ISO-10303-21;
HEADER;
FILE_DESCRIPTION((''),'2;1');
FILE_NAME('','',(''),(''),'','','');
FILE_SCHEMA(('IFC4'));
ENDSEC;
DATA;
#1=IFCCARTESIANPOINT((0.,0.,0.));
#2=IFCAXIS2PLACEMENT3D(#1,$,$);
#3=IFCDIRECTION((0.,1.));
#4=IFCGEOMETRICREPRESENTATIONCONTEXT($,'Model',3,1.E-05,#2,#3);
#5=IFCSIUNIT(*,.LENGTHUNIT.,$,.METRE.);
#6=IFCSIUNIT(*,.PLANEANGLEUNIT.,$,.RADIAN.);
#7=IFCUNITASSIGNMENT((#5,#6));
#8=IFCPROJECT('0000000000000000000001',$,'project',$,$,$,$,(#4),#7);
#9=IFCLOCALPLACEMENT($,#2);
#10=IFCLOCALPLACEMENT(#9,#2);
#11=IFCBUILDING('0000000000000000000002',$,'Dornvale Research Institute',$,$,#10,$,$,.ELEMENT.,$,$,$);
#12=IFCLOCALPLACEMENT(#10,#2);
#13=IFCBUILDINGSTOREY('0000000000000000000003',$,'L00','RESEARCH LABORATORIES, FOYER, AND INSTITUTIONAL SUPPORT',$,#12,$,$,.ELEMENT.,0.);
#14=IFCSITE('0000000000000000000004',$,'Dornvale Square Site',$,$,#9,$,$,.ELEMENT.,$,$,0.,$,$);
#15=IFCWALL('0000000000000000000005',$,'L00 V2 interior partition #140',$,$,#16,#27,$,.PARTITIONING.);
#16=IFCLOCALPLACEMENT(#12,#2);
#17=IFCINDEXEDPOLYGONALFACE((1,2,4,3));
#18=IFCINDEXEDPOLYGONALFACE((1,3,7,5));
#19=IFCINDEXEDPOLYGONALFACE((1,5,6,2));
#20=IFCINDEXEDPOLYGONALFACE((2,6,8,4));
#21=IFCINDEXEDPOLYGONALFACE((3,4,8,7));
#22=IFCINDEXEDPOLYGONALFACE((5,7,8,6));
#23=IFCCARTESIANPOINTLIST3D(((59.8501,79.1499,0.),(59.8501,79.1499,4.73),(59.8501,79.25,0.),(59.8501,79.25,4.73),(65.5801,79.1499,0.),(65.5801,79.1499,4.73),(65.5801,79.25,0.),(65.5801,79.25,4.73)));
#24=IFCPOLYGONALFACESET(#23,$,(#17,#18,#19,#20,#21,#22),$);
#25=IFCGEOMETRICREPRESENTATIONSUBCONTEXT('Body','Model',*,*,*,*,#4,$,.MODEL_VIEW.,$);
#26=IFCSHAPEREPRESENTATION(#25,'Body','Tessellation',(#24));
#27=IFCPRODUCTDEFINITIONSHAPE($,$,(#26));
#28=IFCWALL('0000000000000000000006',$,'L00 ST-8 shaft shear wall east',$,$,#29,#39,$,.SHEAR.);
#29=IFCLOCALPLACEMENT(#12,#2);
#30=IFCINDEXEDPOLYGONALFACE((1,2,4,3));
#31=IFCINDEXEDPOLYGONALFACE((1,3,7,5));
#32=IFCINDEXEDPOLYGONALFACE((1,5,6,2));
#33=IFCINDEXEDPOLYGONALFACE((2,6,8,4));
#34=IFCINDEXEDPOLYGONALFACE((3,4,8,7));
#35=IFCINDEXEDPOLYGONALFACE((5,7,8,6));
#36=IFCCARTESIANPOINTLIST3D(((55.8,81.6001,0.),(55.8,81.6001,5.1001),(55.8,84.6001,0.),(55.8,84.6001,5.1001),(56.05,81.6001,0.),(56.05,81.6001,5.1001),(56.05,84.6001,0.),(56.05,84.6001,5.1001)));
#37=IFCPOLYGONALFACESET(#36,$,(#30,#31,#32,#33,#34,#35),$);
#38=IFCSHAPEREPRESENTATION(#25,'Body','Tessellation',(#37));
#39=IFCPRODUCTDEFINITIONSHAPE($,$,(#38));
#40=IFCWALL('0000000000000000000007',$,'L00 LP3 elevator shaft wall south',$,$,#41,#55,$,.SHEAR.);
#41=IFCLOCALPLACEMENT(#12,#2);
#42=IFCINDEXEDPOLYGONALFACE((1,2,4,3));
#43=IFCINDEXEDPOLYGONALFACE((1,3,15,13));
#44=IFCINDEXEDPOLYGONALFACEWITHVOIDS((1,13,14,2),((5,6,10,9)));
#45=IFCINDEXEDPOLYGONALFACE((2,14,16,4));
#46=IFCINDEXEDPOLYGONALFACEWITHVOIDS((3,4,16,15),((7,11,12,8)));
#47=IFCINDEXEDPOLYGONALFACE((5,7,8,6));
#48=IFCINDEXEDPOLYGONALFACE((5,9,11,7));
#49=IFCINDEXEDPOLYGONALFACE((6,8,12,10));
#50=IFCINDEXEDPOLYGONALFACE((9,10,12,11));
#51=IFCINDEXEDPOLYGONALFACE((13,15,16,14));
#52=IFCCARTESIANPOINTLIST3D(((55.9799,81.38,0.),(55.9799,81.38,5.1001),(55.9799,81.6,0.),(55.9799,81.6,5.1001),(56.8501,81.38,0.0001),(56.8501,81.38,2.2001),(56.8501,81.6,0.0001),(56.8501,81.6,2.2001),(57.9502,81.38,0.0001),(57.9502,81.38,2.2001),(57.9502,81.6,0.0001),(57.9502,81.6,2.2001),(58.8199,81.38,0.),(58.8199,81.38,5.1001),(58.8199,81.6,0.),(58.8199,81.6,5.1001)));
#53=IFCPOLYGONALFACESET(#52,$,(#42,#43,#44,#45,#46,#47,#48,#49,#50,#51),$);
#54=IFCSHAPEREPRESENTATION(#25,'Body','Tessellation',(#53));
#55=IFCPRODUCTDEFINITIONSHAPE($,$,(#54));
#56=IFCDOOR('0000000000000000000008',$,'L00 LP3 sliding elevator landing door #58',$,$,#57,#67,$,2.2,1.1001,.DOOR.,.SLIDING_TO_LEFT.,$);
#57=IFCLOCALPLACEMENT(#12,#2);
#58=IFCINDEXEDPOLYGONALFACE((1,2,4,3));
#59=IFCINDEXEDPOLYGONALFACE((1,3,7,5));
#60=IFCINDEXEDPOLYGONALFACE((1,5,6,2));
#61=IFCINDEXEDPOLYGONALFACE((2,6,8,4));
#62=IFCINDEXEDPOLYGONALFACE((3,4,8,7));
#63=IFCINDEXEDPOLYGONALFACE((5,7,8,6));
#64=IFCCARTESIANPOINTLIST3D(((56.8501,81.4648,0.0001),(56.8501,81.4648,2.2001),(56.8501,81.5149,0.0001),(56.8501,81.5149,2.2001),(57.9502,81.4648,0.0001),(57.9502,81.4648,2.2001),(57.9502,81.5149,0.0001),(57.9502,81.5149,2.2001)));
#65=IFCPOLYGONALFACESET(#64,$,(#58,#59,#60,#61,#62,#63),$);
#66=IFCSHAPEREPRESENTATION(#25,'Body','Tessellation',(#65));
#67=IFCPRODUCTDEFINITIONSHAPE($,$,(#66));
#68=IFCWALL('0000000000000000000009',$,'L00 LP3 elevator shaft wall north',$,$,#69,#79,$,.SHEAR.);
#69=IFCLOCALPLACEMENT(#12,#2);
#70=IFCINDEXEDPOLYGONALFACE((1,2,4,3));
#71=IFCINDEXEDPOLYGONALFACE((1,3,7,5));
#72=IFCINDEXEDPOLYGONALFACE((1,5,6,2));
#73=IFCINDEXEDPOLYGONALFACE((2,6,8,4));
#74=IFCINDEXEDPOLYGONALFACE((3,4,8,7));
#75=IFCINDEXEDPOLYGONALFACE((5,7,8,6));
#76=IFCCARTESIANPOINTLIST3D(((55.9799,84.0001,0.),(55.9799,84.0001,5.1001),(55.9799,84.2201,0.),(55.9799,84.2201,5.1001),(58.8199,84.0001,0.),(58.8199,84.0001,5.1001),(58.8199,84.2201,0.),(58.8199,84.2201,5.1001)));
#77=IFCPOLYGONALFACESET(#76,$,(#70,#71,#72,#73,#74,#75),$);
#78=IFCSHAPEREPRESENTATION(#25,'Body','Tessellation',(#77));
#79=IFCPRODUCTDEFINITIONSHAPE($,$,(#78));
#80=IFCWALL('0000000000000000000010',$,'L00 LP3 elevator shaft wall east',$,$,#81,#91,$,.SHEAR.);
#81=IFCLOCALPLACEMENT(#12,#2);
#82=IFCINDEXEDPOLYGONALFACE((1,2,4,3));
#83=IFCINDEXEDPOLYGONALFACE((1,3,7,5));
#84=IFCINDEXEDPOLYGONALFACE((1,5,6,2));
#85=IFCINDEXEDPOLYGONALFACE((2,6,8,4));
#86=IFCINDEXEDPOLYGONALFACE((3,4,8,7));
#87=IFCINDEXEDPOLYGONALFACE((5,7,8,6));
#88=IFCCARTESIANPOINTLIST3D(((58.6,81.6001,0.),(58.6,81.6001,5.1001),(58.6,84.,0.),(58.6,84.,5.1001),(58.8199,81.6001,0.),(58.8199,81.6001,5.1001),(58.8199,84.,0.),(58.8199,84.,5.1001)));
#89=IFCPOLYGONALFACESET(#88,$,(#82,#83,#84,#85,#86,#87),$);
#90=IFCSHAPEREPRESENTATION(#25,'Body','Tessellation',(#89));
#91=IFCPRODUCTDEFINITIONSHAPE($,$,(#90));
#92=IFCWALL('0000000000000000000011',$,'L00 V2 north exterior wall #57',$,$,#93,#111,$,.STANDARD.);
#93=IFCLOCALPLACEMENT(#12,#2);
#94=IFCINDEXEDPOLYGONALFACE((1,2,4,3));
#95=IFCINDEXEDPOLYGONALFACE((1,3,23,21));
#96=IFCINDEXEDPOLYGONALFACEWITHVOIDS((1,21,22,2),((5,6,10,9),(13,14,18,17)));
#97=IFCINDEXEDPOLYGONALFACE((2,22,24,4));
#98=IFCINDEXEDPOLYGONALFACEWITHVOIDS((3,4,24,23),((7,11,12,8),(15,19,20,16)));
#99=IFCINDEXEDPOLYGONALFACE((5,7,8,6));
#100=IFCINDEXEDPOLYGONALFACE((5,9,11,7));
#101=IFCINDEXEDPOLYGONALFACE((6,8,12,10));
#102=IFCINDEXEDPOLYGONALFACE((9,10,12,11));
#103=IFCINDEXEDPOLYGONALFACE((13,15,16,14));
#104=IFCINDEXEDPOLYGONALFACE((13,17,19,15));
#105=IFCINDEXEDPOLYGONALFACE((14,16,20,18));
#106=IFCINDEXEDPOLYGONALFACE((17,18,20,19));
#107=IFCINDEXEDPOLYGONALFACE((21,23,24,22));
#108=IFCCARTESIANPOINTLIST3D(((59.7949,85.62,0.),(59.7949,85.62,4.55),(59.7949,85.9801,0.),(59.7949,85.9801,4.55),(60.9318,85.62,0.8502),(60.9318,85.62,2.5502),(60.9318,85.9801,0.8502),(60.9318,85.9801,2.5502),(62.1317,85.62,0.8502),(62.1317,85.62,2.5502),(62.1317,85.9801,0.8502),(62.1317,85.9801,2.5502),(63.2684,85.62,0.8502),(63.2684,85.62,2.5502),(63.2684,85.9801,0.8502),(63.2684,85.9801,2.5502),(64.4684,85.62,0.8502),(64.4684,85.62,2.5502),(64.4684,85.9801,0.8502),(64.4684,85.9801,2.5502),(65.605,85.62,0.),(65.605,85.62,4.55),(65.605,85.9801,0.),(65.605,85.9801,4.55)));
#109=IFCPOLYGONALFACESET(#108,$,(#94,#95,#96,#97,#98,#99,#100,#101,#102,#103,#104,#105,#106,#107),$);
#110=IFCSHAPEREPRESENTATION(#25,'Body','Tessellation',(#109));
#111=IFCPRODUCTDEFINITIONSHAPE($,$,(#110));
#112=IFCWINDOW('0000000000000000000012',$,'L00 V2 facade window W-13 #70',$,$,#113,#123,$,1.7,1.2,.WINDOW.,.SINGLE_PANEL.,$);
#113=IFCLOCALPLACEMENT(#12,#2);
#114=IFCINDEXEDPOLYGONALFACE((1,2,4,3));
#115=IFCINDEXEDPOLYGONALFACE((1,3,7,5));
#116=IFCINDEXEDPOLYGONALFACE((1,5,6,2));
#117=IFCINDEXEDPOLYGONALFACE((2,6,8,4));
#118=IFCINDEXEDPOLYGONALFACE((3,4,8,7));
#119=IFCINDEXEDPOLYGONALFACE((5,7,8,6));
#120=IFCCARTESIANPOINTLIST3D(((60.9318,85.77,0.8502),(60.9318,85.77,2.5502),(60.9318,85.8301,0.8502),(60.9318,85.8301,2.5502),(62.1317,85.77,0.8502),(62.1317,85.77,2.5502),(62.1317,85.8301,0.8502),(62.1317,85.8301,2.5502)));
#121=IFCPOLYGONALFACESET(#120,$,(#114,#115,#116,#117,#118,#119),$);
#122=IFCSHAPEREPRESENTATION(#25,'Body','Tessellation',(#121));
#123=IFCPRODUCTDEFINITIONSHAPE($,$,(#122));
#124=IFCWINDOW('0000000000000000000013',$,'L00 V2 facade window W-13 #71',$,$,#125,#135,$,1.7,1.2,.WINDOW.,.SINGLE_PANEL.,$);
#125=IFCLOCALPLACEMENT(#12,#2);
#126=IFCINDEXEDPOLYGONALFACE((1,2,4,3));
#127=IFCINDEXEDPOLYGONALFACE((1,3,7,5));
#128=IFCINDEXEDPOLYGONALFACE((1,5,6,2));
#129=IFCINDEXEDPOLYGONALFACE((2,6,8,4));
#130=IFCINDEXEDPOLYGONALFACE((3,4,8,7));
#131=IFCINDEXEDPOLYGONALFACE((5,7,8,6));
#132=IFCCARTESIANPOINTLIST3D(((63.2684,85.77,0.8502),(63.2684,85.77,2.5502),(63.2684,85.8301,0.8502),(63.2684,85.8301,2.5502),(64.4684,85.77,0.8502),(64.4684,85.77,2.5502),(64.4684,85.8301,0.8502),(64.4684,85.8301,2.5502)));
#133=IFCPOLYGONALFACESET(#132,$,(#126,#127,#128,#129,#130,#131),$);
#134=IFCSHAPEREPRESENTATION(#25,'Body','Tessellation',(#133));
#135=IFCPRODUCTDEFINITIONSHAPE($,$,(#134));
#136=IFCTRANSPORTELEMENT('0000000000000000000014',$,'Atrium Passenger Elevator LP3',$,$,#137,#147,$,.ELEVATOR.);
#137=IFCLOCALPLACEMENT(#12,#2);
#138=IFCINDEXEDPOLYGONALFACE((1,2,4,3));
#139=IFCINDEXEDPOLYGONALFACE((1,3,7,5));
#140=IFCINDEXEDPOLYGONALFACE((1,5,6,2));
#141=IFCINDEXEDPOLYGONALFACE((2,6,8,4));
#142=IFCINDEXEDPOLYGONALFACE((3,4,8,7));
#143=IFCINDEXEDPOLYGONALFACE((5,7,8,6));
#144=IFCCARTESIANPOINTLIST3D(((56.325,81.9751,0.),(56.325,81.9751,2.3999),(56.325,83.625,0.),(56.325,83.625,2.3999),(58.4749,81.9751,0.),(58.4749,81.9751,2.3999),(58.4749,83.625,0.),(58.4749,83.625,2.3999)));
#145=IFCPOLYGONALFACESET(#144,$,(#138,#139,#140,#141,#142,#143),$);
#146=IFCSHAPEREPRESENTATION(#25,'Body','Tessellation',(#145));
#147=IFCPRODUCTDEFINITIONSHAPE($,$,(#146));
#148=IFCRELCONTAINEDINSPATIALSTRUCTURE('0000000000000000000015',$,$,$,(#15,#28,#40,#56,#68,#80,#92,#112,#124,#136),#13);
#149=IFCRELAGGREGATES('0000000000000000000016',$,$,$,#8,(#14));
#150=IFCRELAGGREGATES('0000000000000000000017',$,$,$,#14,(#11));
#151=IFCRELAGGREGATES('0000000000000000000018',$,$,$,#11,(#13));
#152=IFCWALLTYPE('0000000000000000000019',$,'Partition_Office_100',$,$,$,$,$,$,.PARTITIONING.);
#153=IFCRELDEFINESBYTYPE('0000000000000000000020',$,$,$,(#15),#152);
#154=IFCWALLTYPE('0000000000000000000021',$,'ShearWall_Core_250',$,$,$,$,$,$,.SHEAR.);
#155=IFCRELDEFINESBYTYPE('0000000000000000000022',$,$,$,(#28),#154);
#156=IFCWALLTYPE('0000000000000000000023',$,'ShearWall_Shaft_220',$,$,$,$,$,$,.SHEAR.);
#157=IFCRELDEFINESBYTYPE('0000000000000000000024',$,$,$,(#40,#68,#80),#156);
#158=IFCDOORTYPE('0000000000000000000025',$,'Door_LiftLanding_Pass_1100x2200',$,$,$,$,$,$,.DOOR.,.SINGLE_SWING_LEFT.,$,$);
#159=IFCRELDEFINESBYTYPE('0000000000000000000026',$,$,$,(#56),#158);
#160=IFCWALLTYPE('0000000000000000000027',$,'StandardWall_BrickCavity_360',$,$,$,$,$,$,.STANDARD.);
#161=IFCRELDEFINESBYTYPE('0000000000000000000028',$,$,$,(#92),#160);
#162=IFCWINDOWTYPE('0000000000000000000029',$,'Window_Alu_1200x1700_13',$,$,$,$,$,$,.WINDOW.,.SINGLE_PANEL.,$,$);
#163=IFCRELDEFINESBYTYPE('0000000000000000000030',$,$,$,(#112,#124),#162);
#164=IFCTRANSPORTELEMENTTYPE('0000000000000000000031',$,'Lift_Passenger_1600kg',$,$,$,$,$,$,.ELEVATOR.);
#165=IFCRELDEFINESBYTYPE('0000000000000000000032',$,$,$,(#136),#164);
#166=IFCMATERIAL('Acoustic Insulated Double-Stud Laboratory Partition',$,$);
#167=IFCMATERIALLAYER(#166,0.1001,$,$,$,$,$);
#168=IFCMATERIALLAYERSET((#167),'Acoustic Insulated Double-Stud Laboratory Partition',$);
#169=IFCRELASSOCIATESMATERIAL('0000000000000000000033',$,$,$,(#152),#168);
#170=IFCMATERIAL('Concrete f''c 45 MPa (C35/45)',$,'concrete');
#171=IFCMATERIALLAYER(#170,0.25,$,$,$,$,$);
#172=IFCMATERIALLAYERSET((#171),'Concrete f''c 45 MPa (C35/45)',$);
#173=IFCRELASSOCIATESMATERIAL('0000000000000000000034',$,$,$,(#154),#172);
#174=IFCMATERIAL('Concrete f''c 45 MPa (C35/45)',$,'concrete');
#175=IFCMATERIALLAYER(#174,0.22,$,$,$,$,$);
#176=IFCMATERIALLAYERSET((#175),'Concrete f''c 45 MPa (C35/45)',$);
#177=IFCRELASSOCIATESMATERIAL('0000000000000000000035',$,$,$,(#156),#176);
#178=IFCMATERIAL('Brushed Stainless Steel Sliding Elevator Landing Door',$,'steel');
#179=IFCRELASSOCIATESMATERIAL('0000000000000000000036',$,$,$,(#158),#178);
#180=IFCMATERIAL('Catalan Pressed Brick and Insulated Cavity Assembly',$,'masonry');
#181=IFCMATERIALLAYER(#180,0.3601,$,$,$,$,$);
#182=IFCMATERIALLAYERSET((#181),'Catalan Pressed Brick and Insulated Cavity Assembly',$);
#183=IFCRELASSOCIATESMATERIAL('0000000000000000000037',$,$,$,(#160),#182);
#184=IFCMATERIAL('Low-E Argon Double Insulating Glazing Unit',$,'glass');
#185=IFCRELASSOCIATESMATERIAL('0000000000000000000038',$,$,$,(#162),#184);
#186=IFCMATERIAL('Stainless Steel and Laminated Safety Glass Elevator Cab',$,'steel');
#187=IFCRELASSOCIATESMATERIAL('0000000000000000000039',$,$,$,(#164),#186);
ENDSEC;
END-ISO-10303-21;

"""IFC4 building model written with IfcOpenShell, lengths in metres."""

from ifc_helpers import new_model, si_unit, direction, frame, frame_2d, origin, origin_2d, place, context, subcontext, project, spatial, rectangle, extrude, material, layer, layer_set, type_object, element, fill, save


model = new_model("IFC4")

# Units and contexts
model_context = context("Model", 3, precision=1e-05, world=origin(), true_north=direction((0.0, 1.0)))
body_context = subcontext(model_context, "Body", "Model", "MODEL_VIEW")
ifc_project = project(units=[si_unit("LENGTHUNIT", "METRE"), si_unit("PLANEANGLEUNIT", "RADIAN")], contexts=[model_context])

# Site, building, storey
site_placement = place(None, origin())
site = spatial("IfcSite", under=ifc_project, at=site_placement, Name="Dornvale Square Site", CompositionType="ELEMENT", RefElevation=0.0)
building_placement = place(site_placement, origin())
building = spatial("IfcBuilding", under=site, at=building_placement, Name="Dornvale Research Institute", CompositionType="ELEMENT")
storey_placement = place(building_placement, origin())
storey = spatial("IfcBuildingStorey", under=building, at=storey_placement, Name="L00", Description="RESEARCH LABORATORIES, FOYER, AND INSTITUTIONAL SUPPORT", CompositionType="ELEMENT", Elevation=0.0)

# Walls
ifc_material_1 = material(Name="Acoustic Insulated Double-Stud Laboratory Partition")
ifc_layer_1 = layer(ifc_material_1, 0.1001)
ifc_layer_set_1 = layer_set([ifc_layer_1], Name="Acoustic Insulated Double-Stud Laboratory Partition")
wall_type_1 = type_object("IfcWallType", Name="Partition_Office_100", PredefinedType="PARTITIONING", material=ifc_layer_set_1)
wall_1_placement = place(storey_placement, frame((59.8501, 79.2, 0.0), z_axis=(0.0, 0.0, 1.0), x_axis=(1.0, 0.0, 0.0)))
element("IfcWall", 1, at=wall_1_placement, inside=storey, type_object=wall_type_1, Name="L00 V2 interior partition #140", PredefinedType="PARTITIONING", context=body_context, shape_type="SweptSolid", body=[
    extrude(rectangle(XDim=5.73, YDim=0.1001, at=frame_2d((2.865, 0.0))), origin(), (0.0, 0.0, 1.0), 4.73),
])
ifc_material_2 = material(Name="Concrete f'c 45 MPa (C35/45)", Category="concrete")
ifc_layer_2 = layer(ifc_material_2, 0.25)
ifc_layer_set_2 = layer_set([ifc_layer_2], Name="Concrete f'c 45 MPa (C35/45)")
wall_type_2 = type_object("IfcWallType", Name="ShearWall_Core_250", PredefinedType="SHEAR", material=ifc_layer_set_2)
wall_2_placement = place(storey_placement, frame((55.925, 81.6001, 0.0), z_axis=(0.0, 0.0, 1.0), x_axis=(0.0, 1.0, 0.0)))
element("IfcWall", 2, at=wall_2_placement, inside=storey, type_object=wall_type_2, Name="L00 ST-8 shaft shear wall east", PredefinedType="SHEAR", context=body_context, shape_type="SweptSolid", body=[
    extrude(rectangle(XDim=3.0, YDim=0.25, at=frame_2d((1.5, 0.0))), origin(), (0.0, 0.0, 1.0), 5.1001),
])

# Wall, opening, door
ifc_material_3 = material(Name="Concrete f'c 45 MPa (C35/45)", Category="concrete")
ifc_layer_3 = layer(ifc_material_3, 0.22)
ifc_layer_set_3 = layer_set([ifc_layer_3], Name="Concrete f'c 45 MPa (C35/45)")
wall_type_3 = type_object("IfcWallType", Name="ShearWall_Shaft_220", PredefinedType="SHEAR", material=ifc_layer_set_3)
wall_3_placement = place(storey_placement, frame((55.98, 81.49, 0.0), z_axis=(0.0, 0.0, 1.0), x_axis=(1.0, 0.0, 0.0)))
wall_3 = element("IfcWall", 3, at=wall_3_placement, inside=storey, type_object=wall_type_3, Name="L00 LP3 elevator shaft wall south", PredefinedType="SHEAR", context=body_context, shape_type="SweptSolid", body=[
    extrude(rectangle(XDim=2.8401, YDim=0.22, at=frame_2d((1.4199, 0.0))), origin(), (0.0, 0.0, 1.0), 5.1001),
])
opening_1_placement = place(wall_3_placement, frame((0.8701, 0.0, 0.0)))
opening_1 = element("IfcOpeningElement", 4, at=opening_1_placement, cuts=wall_3, PredefinedType="OPENING", context=body_context, shape_type="SweptSolid", body=[
    extrude(rectangle(XDim=1.1001, YDim=2.2, at=frame_2d((0.55, 1.1001))), frame((0.0, 0.125, 0.0), z_axis=(0.0, -1.0, 0.0), x_axis=(1.0, 0.0, 0.0)), (0.0, 0.0, 1.0), 0.25),
])
ifc_material_4 = material(Name="Brushed Stainless Steel Sliding Elevator Landing Door", Category="steel")
door_type = type_object("IfcDoorType", Name="Door_LiftLanding_Pass_1100x2200", OperationType="SINGLE_SWING_LEFT", PredefinedType="DOOR", material=ifc_material_4)
door_placement = place(opening_1_placement, origin())
door = element("IfcDoor", 5, at=door_placement, inside=storey, type_object=door_type, Name="L00 LP3 sliding elevator landing door #58", OperationType="SLIDING_TO_LEFT", OverallHeight=2.2, OverallWidth=1.1001, PredefinedType="DOOR", context=body_context, shape_type="SweptSolid", body=[
    extrude(rectangle(XDim=1.1001, YDim=2.2, at=frame_2d((0.55, 1.1001))), frame((0.0, 0.0249, 0.0), z_axis=(0.0, -1.0, 0.0), x_axis=(1.0, 0.0, 0.0)), (0.0, 0.0, 1.0), 0.05),
])
fill(opening_1, door)

# Walls
wall_4_placement = place(storey_placement, frame((55.98, 84.1101, 0.0), z_axis=(0.0, 0.0, 1.0), x_axis=(1.0, 0.0, 0.0)))
element("IfcWall", 6, at=wall_4_placement, inside=storey, type_object=wall_type_3, Name="L00 LP3 elevator shaft wall north", PredefinedType="SHEAR", context=body_context, shape_type="SweptSolid", body=[
    extrude(rectangle(XDim=2.8401, YDim=0.22, at=frame_2d((1.4199, 0.0))), origin(), (0.0, 0.0, 1.0), 5.1001),
])
wall_5_placement = place(storey_placement, frame((58.71, 81.6001, 0.0), z_axis=(0.0, 0.0, 1.0), x_axis=(0.0, 1.0, 0.0)))
element("IfcWall", 7, at=wall_5_placement, inside=storey, type_object=wall_type_3, Name="L00 LP3 elevator shaft wall east", PredefinedType="SHEAR", context=body_context, shape_type="SweptSolid", body=[
    extrude(rectangle(XDim=2.3999, YDim=0.22, at=frame_2d((1.2, 0.0))), origin(), (0.0, 0.0, 1.0), 5.1001),
])

# Wall, openings, windows
ifc_material_5 = material(Name="Catalan Pressed Brick and Insulated Cavity Assembly", Category="masonry")
ifc_layer_4 = layer(ifc_material_5, 0.3601)
ifc_layer_set_4 = layer_set([ifc_layer_4], Name="Catalan Pressed Brick and Insulated Cavity Assembly")
wall_type_4 = type_object("IfcWallType", Name="StandardWall_BrickCavity_360", PredefinedType="STANDARD", material=ifc_layer_set_4)
wall_6_placement = place(storey_placement, frame((59.7949, 85.8, 0.0), z_axis=(0.0, 0.0, 1.0), x_axis=(1.0, 0.0, 0.0)))
wall_6 = element("IfcWall", 8, at=wall_6_placement, inside=storey, type_object=wall_type_4, Name="L00 V2 north exterior wall #57", PredefinedType="STANDARD", context=body_context, shape_type="SweptSolid", body=[
    extrude(rectangle(XDim=5.8101, YDim=0.3601, at=frame_2d((2.905, 0.0))), origin(), (0.0, 0.0, 1.0), 4.55),
])
opening_2_placement = place(wall_6_placement, frame((1.1367, 0.0, 0.8501)))
opening_2 = element("IfcOpeningElement", 9, at=opening_2_placement, cuts=wall_6, PredefinedType="OPENING", context=body_context, shape_type="SweptSolid", body=[
    extrude(rectangle(XDim=1.2, YDim=1.7, at=frame_2d((0.6001, 0.8501))), frame((0.0, 0.1951, 0.0), z_axis=(0.0, -1.0, 0.0), x_axis=(1.0, 0.0, 0.0)), (0.0, 0.0, 1.0), 0.3901),
])
opening_3_placement = place(wall_6_placement, frame((3.4734, 0.0, 0.8501)))
opening_3 = element("IfcOpeningElement", 10, at=opening_3_placement, cuts=wall_6, PredefinedType="OPENING", context=body_context, shape_type="SweptSolid", body=[
    extrude(rectangle(XDim=1.2, YDim=1.7, at=frame_2d((0.6001, 0.8501))), frame((0.0, 0.1951, 0.0), z_axis=(0.0, -1.0, 0.0), x_axis=(1.0, 0.0, 0.0)), (0.0, 0.0, 1.0), 0.3901),
])
ifc_material_6 = material(Name="Low-E Argon Double Insulating Glazing Unit", Category="glass")
window_type = type_object("IfcWindowType", Name="Window_Alu_1200x1700_13", PartitioningType="SINGLE_PANEL", PredefinedType="WINDOW", material=ifc_material_6)
window_1_placement = place(opening_2_placement, origin())
window_1 = element("IfcWindow", 11, at=window_1_placement, inside=storey, type_object=window_type, Name="L00 V2 facade window W-13 #70", OverallHeight=1.7, OverallWidth=1.2, PartitioningType="SINGLE_PANEL", PredefinedType="WINDOW", context=body_context, shape_type="SweptSolid", body=[
    extrude(rectangle(XDim=1.2, YDim=1.7, at=frame_2d((0.6001, 0.8501))), frame((0.0, 0.03, 0.0), z_axis=(0.0, -1.0, 0.0), x_axis=(1.0, 0.0, 0.0)), (0.0, 0.0, 1.0), 0.0601),
])
fill(opening_2, window_1)
window_2_placement = place(opening_3_placement, origin())
window_2 = element("IfcWindow", 12, at=window_2_placement, inside=storey, type_object=window_type, Name="L00 V2 facade window W-13 #71", OverallHeight=1.7, OverallWidth=1.2, PartitioningType="SINGLE_PANEL", PredefinedType="WINDOW", context=body_context, shape_type="SweptSolid", body=[
    extrude(rectangle(XDim=1.2, YDim=1.7, at=frame_2d((0.6001, 0.8501))), frame((0.0, 0.03, 0.0), z_axis=(0.0, -1.0, 0.0), x_axis=(1.0, 0.0, 0.0)), (0.0, 0.0, 1.0), 0.0601),
])
fill(opening_3, window_2)

# Transport element
ifc_material_7 = material(Name="Stainless Steel and Laminated Safety Glass Elevator Cab", Category="steel")
transport_element_type = type_object("IfcTransportElementType", Name="Lift_Passenger_1600kg", PredefinedType="ELEVATOR", material=ifc_material_7)
transport_element_placement = place(storey_placement, frame((57.3999, 82.8, 0.0), z_axis=(0.0, 0.0, 1.0), x_axis=(1.0, 0.0, 0.0)))
element("IfcTransportElement", 13, at=transport_element_placement, inside=storey, type_object=transport_element_type, Name="Atrium Passenger Elevator LP3", PredefinedType="ELEVATOR", context=body_context, shape_type="SweptSolid", body=[
    extrude(rectangle(XDim=2.1499, YDim=1.6499, at=origin_2d()), origin(), (0.0, 0.0, 1.0), 2.3999),
])

save(model, "model.ifc")
